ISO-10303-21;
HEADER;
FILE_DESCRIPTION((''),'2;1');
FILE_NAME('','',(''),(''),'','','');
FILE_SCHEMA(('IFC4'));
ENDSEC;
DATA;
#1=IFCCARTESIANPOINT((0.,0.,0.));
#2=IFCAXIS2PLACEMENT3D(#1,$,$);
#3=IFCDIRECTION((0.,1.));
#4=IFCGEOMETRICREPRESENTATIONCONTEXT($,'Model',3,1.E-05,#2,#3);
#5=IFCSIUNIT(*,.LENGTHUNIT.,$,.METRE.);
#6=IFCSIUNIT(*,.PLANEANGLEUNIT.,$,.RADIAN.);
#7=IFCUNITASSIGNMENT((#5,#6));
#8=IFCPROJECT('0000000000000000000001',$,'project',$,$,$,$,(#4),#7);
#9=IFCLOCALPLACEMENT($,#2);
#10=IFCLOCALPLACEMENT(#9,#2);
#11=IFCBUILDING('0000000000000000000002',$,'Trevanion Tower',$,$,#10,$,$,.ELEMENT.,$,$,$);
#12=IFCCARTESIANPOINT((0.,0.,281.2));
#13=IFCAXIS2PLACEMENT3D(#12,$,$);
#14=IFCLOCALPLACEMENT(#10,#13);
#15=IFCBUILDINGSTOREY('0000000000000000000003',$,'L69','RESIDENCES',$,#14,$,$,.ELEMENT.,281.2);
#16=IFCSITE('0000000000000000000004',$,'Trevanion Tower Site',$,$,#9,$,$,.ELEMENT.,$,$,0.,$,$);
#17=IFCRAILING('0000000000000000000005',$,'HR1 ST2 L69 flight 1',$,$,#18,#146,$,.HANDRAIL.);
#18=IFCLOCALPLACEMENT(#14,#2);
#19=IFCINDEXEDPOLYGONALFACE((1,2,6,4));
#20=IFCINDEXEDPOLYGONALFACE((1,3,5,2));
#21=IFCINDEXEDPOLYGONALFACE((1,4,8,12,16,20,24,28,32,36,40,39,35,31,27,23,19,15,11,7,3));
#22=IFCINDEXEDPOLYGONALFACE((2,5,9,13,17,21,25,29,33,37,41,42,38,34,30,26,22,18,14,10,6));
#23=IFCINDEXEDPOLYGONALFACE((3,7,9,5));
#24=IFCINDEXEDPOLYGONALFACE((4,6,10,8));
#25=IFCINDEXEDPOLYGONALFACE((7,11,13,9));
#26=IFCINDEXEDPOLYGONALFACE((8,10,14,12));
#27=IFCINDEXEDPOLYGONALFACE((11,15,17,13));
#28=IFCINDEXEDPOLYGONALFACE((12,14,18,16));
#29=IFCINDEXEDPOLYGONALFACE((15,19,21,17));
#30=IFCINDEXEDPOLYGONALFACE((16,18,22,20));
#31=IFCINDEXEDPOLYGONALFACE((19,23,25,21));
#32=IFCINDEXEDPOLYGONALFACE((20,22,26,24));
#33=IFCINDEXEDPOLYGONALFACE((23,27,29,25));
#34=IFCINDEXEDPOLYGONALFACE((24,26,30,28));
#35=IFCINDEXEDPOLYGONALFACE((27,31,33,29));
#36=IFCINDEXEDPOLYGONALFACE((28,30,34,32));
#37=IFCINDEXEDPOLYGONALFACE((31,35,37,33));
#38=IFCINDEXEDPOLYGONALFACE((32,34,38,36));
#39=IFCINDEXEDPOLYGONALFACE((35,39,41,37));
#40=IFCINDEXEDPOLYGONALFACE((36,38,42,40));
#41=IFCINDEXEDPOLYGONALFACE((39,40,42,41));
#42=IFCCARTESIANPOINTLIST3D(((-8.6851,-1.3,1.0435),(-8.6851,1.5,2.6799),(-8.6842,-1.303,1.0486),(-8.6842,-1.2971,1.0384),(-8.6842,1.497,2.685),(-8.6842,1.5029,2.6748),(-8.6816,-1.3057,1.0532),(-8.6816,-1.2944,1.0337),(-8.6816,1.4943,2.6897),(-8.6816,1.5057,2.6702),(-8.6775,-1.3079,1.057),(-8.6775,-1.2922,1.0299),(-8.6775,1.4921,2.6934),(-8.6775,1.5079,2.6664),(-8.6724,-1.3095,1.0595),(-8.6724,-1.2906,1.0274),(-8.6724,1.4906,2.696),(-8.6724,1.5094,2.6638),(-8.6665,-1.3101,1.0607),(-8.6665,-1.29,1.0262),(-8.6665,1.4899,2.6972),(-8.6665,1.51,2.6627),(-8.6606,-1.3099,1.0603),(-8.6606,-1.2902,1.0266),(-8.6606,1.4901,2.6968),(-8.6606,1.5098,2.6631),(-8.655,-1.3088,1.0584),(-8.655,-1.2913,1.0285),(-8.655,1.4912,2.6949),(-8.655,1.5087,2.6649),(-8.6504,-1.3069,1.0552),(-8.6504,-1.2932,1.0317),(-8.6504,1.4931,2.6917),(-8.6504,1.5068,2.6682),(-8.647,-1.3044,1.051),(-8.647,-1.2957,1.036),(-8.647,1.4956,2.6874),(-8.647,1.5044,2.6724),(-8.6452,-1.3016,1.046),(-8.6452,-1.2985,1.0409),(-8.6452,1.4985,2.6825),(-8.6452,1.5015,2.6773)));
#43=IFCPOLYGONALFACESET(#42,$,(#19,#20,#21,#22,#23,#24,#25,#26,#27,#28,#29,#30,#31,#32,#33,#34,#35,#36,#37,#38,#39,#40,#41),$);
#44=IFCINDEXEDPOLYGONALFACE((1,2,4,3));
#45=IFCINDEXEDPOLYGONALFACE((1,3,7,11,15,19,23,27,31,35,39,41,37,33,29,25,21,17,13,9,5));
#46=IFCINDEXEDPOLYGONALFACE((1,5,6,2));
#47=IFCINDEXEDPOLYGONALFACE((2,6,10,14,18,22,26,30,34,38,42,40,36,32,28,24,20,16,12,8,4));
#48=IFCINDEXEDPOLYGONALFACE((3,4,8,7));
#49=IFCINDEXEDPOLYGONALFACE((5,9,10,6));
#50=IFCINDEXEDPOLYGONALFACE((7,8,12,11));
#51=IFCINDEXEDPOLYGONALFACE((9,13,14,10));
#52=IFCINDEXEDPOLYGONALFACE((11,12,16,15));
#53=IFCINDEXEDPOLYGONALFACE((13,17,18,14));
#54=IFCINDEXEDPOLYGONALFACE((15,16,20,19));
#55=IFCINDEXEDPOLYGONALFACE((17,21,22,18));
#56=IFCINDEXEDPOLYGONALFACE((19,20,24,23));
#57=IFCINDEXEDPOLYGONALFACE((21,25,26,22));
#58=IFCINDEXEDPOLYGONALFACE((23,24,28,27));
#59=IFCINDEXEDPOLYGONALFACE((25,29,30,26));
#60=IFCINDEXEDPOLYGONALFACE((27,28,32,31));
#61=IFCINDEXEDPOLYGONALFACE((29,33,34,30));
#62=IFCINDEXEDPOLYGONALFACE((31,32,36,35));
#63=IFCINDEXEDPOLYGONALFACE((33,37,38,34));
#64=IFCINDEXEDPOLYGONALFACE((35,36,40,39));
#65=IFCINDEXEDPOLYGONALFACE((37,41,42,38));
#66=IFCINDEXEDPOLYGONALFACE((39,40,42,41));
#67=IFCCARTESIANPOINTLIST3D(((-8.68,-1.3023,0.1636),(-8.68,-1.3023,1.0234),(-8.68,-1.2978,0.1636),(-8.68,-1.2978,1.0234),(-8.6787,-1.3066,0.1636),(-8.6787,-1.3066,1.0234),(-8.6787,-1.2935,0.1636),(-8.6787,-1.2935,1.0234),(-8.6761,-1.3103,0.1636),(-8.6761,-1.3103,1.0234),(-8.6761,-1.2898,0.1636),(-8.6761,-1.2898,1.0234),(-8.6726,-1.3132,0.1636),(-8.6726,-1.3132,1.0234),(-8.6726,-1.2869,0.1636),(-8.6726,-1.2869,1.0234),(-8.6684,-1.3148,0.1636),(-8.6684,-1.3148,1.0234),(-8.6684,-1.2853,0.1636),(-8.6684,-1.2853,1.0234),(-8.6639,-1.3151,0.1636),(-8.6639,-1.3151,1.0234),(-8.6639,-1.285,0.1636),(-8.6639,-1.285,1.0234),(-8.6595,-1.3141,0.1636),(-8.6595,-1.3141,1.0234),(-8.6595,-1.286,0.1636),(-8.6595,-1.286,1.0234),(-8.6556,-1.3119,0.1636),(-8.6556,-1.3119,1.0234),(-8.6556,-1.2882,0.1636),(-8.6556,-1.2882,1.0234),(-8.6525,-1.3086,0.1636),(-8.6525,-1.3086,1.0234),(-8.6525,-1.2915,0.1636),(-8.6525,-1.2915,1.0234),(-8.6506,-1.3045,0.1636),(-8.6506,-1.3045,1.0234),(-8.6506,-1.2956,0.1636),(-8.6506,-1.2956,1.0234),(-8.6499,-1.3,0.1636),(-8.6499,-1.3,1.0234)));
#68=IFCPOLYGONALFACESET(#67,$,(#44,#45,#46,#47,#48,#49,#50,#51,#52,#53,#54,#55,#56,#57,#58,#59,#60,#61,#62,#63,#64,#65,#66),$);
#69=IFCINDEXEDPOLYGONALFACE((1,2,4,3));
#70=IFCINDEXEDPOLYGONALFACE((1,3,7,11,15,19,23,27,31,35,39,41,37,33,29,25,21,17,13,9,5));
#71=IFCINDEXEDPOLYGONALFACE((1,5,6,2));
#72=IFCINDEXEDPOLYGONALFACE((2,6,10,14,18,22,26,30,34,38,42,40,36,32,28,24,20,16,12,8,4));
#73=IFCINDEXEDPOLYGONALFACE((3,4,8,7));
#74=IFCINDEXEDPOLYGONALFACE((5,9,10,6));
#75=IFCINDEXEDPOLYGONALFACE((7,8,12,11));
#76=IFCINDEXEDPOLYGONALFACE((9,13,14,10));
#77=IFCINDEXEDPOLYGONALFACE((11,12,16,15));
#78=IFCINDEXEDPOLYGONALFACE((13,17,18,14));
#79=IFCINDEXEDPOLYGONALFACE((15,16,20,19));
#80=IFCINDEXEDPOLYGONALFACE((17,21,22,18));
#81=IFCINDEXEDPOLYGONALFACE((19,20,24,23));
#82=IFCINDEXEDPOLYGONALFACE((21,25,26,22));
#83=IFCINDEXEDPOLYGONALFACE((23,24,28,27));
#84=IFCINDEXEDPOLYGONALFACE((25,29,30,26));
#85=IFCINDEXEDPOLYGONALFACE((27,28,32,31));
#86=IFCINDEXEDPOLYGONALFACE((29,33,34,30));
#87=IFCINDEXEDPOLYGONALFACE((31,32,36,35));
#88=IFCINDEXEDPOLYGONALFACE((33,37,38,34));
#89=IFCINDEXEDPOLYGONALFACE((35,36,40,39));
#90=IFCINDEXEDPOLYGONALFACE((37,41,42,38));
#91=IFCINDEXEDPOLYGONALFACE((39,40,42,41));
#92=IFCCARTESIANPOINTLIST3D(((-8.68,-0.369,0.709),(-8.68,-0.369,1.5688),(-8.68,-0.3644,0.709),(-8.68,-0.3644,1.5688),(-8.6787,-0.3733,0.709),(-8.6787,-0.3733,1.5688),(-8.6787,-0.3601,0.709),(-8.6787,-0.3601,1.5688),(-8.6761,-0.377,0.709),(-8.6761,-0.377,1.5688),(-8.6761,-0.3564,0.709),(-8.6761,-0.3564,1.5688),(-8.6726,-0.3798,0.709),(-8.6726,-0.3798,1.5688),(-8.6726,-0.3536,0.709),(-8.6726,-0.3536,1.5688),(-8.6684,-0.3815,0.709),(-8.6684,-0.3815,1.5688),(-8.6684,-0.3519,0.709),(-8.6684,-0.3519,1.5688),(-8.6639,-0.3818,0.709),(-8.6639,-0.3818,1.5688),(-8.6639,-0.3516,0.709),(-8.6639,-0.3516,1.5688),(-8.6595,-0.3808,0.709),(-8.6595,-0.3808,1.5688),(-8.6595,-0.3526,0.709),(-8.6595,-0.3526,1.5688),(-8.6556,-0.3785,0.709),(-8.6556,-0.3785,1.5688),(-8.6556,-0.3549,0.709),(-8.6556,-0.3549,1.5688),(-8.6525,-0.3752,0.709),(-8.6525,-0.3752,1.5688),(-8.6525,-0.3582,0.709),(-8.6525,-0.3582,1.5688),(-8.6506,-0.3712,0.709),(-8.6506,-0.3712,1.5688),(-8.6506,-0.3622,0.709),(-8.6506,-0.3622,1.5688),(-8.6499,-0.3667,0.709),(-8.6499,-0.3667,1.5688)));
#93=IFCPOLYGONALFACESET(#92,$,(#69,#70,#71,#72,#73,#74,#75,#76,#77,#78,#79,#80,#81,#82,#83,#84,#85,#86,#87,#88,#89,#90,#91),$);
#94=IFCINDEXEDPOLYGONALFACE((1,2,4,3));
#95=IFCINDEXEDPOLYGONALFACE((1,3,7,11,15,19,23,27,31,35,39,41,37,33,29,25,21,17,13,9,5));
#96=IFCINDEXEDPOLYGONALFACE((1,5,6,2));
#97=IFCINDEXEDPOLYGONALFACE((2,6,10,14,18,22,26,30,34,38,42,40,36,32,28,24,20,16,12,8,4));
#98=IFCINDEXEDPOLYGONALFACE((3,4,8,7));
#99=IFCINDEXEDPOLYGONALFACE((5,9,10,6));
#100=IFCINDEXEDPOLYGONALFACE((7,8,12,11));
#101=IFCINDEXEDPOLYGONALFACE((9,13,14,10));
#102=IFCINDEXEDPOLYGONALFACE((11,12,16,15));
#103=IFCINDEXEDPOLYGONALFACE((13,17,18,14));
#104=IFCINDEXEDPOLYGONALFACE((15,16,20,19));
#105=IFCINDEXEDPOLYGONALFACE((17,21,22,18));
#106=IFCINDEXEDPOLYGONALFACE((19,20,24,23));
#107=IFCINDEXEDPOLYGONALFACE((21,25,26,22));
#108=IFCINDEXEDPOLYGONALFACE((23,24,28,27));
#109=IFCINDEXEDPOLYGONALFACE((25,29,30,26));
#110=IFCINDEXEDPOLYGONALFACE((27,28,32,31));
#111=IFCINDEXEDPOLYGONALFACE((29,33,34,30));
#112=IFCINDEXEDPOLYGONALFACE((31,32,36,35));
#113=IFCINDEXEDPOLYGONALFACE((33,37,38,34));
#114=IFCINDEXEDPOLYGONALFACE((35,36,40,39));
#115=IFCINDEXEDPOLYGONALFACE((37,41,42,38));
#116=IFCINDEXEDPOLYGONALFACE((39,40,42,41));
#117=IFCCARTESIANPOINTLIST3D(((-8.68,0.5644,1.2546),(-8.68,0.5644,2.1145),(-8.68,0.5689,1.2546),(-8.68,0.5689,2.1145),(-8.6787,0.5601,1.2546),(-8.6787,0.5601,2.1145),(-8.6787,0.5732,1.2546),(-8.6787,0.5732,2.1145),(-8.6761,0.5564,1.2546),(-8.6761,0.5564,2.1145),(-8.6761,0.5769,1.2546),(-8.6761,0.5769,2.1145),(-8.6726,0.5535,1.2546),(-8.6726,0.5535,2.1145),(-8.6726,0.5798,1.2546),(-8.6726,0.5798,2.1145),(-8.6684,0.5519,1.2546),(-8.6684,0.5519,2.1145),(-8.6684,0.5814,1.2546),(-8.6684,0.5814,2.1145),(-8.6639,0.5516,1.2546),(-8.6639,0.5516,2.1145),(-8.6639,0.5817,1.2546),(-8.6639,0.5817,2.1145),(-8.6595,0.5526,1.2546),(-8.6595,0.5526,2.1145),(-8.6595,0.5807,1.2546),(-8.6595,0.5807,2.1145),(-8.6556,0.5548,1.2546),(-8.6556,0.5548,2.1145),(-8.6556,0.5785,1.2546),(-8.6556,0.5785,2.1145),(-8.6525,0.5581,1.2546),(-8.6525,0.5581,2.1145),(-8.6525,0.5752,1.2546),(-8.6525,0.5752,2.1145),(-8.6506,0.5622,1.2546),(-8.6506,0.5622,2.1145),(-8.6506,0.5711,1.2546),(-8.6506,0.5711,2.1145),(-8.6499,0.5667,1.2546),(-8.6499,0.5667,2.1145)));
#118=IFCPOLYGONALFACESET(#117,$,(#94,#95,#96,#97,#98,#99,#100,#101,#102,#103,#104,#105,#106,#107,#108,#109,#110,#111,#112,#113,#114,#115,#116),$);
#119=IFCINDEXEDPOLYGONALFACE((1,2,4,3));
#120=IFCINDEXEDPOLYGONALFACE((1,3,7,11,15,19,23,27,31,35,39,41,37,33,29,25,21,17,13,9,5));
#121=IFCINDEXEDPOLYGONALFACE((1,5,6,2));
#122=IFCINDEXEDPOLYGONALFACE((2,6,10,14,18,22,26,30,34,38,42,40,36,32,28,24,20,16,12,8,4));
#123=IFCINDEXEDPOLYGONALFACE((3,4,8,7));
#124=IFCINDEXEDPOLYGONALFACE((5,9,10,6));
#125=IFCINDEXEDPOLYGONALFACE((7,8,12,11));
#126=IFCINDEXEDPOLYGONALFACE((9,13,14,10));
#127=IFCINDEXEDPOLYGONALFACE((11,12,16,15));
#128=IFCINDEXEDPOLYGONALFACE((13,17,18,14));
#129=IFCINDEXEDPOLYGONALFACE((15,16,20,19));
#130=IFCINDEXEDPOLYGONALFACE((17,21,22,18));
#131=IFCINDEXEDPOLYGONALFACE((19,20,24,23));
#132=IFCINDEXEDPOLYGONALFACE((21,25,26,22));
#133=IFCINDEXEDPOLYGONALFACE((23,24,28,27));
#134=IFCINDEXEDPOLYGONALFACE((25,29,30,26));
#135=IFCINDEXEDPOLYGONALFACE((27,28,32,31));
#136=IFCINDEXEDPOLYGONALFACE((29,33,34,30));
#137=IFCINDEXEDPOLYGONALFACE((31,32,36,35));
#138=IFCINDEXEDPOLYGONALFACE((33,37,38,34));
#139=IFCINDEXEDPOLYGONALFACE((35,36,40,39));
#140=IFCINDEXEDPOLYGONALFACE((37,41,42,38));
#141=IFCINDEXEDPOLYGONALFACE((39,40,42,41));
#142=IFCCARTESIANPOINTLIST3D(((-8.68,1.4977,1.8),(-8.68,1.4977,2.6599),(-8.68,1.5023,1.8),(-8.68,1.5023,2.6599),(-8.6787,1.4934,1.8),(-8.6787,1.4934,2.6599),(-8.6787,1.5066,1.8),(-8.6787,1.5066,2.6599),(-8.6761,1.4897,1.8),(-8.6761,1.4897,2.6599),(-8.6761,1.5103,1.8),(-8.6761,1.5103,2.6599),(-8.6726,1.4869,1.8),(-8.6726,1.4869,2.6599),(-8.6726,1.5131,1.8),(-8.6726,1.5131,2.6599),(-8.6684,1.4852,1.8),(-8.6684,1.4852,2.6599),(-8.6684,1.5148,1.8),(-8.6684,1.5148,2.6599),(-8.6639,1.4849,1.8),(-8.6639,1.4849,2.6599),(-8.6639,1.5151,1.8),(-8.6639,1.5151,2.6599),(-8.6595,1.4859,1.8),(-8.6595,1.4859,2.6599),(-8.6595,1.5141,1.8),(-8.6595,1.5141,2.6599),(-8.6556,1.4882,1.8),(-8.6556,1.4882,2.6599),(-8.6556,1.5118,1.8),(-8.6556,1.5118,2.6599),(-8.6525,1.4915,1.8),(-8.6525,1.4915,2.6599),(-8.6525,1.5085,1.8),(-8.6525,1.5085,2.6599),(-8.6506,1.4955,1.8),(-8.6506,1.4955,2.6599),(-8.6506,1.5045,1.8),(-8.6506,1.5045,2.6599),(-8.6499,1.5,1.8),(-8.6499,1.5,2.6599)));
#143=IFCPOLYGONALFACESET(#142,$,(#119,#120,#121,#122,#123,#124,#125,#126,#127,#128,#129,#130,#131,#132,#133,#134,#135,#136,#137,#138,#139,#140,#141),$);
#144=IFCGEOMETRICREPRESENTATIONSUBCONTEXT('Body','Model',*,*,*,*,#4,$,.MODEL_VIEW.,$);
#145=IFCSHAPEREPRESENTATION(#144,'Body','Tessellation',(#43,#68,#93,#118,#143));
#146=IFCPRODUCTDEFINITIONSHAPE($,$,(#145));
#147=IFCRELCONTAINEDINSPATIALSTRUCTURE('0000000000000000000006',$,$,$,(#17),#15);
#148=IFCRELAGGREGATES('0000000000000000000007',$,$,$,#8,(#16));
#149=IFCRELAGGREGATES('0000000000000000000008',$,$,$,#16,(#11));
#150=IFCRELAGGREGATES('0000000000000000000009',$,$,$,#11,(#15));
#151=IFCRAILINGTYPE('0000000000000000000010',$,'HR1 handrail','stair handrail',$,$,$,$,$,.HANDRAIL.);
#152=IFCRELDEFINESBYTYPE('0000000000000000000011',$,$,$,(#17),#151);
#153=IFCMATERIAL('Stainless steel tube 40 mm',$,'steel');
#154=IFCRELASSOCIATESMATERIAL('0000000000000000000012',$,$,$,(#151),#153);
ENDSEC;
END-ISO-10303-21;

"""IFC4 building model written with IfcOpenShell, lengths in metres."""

from ifc_helpers import new_model, si_unit, direction, frame, origin, origin_2d, place, context, subcontext, project, spatial, circle, extrude, material, type_object, element, save


model = new_model("IFC4")

# Units and contexts
model_context = context("Model", 3, precision=1e-05, world=origin(), true_north=direction((0.0, 1.0)))
body_context = subcontext(model_context, "Body", "Model", "MODEL_VIEW")
ifc_project = project(units=[si_unit("LENGTHUNIT", "METRE"), si_unit("PLANEANGLEUNIT", "RADIAN")], contexts=[model_context])

# Site, building, storey
site_placement = place(None, origin())
site = spatial("IfcSite", under=ifc_project, at=site_placement, Name="Trevanion Tower Site", CompositionType="ELEMENT", RefElevation=0.0)
building_placement = place(site_placement, origin())
building = spatial("IfcBuilding", under=site, at=building_placement, Name="Trevanion Tower", CompositionType="ELEMENT")
storey_placement = place(building_placement, frame((0.0, 0.0, 281.2)))
storey = spatial("IfcBuildingStorey", under=building, at=storey_placement, Name="L69", Description="RESIDENCES", CompositionType="ELEMENT", Elevation=281.2)

# Railing
ifc_material_1 = material(Name="Stainless steel tube 40 mm", Category="steel")
railing_type = type_object("IfcRailingType", Name="HR1 handrail", Description="stair handrail", PredefinedType="HANDRAIL", material=ifc_material_1)
for number, where, name in (
    (1, (-8.665, -1.3, 0.1636), "HR1 ST2 L69 flight 1"),
):
    element("IfcRailing", number, at=place(storey_placement, frame(where)), inside=storey, type_object=railing_type, Name=name, PredefinedType="HANDRAIL", context=body_context, shape_type="SweptSolid", body=[
        extrude(circle(Radius=0.02, at=origin_2d()), frame((0.0, 0.0, 0.8799), z_axis=(0.0, 0.863361, 0.504587), x_axis=(-1.0, 0.0, 0.0)), (0.0, 0.0, 1.0), 3.2432),
        extrude(circle(Radius=0.0151, at=origin_2d()), origin(), (0.0, 0.0, 1.0), 0.8599),
        extrude(circle(Radius=0.0151, at=origin_2d()), frame((0.0, 0.9333, 0.5454)), (0.0, 0.0, 1.0), 0.8599),
        extrude(circle(Radius=0.0151, at=origin_2d()), frame((0.0, 1.8667, 1.0911)), (0.0, 0.0, 1.0), 0.8599),
        extrude(circle(Radius=0.0151, at=origin_2d()), frame((0.0, 2.8, 1.6365)), (0.0, 0.0, 1.0), 0.8599),
    ])

save(model, "model.ifc")
